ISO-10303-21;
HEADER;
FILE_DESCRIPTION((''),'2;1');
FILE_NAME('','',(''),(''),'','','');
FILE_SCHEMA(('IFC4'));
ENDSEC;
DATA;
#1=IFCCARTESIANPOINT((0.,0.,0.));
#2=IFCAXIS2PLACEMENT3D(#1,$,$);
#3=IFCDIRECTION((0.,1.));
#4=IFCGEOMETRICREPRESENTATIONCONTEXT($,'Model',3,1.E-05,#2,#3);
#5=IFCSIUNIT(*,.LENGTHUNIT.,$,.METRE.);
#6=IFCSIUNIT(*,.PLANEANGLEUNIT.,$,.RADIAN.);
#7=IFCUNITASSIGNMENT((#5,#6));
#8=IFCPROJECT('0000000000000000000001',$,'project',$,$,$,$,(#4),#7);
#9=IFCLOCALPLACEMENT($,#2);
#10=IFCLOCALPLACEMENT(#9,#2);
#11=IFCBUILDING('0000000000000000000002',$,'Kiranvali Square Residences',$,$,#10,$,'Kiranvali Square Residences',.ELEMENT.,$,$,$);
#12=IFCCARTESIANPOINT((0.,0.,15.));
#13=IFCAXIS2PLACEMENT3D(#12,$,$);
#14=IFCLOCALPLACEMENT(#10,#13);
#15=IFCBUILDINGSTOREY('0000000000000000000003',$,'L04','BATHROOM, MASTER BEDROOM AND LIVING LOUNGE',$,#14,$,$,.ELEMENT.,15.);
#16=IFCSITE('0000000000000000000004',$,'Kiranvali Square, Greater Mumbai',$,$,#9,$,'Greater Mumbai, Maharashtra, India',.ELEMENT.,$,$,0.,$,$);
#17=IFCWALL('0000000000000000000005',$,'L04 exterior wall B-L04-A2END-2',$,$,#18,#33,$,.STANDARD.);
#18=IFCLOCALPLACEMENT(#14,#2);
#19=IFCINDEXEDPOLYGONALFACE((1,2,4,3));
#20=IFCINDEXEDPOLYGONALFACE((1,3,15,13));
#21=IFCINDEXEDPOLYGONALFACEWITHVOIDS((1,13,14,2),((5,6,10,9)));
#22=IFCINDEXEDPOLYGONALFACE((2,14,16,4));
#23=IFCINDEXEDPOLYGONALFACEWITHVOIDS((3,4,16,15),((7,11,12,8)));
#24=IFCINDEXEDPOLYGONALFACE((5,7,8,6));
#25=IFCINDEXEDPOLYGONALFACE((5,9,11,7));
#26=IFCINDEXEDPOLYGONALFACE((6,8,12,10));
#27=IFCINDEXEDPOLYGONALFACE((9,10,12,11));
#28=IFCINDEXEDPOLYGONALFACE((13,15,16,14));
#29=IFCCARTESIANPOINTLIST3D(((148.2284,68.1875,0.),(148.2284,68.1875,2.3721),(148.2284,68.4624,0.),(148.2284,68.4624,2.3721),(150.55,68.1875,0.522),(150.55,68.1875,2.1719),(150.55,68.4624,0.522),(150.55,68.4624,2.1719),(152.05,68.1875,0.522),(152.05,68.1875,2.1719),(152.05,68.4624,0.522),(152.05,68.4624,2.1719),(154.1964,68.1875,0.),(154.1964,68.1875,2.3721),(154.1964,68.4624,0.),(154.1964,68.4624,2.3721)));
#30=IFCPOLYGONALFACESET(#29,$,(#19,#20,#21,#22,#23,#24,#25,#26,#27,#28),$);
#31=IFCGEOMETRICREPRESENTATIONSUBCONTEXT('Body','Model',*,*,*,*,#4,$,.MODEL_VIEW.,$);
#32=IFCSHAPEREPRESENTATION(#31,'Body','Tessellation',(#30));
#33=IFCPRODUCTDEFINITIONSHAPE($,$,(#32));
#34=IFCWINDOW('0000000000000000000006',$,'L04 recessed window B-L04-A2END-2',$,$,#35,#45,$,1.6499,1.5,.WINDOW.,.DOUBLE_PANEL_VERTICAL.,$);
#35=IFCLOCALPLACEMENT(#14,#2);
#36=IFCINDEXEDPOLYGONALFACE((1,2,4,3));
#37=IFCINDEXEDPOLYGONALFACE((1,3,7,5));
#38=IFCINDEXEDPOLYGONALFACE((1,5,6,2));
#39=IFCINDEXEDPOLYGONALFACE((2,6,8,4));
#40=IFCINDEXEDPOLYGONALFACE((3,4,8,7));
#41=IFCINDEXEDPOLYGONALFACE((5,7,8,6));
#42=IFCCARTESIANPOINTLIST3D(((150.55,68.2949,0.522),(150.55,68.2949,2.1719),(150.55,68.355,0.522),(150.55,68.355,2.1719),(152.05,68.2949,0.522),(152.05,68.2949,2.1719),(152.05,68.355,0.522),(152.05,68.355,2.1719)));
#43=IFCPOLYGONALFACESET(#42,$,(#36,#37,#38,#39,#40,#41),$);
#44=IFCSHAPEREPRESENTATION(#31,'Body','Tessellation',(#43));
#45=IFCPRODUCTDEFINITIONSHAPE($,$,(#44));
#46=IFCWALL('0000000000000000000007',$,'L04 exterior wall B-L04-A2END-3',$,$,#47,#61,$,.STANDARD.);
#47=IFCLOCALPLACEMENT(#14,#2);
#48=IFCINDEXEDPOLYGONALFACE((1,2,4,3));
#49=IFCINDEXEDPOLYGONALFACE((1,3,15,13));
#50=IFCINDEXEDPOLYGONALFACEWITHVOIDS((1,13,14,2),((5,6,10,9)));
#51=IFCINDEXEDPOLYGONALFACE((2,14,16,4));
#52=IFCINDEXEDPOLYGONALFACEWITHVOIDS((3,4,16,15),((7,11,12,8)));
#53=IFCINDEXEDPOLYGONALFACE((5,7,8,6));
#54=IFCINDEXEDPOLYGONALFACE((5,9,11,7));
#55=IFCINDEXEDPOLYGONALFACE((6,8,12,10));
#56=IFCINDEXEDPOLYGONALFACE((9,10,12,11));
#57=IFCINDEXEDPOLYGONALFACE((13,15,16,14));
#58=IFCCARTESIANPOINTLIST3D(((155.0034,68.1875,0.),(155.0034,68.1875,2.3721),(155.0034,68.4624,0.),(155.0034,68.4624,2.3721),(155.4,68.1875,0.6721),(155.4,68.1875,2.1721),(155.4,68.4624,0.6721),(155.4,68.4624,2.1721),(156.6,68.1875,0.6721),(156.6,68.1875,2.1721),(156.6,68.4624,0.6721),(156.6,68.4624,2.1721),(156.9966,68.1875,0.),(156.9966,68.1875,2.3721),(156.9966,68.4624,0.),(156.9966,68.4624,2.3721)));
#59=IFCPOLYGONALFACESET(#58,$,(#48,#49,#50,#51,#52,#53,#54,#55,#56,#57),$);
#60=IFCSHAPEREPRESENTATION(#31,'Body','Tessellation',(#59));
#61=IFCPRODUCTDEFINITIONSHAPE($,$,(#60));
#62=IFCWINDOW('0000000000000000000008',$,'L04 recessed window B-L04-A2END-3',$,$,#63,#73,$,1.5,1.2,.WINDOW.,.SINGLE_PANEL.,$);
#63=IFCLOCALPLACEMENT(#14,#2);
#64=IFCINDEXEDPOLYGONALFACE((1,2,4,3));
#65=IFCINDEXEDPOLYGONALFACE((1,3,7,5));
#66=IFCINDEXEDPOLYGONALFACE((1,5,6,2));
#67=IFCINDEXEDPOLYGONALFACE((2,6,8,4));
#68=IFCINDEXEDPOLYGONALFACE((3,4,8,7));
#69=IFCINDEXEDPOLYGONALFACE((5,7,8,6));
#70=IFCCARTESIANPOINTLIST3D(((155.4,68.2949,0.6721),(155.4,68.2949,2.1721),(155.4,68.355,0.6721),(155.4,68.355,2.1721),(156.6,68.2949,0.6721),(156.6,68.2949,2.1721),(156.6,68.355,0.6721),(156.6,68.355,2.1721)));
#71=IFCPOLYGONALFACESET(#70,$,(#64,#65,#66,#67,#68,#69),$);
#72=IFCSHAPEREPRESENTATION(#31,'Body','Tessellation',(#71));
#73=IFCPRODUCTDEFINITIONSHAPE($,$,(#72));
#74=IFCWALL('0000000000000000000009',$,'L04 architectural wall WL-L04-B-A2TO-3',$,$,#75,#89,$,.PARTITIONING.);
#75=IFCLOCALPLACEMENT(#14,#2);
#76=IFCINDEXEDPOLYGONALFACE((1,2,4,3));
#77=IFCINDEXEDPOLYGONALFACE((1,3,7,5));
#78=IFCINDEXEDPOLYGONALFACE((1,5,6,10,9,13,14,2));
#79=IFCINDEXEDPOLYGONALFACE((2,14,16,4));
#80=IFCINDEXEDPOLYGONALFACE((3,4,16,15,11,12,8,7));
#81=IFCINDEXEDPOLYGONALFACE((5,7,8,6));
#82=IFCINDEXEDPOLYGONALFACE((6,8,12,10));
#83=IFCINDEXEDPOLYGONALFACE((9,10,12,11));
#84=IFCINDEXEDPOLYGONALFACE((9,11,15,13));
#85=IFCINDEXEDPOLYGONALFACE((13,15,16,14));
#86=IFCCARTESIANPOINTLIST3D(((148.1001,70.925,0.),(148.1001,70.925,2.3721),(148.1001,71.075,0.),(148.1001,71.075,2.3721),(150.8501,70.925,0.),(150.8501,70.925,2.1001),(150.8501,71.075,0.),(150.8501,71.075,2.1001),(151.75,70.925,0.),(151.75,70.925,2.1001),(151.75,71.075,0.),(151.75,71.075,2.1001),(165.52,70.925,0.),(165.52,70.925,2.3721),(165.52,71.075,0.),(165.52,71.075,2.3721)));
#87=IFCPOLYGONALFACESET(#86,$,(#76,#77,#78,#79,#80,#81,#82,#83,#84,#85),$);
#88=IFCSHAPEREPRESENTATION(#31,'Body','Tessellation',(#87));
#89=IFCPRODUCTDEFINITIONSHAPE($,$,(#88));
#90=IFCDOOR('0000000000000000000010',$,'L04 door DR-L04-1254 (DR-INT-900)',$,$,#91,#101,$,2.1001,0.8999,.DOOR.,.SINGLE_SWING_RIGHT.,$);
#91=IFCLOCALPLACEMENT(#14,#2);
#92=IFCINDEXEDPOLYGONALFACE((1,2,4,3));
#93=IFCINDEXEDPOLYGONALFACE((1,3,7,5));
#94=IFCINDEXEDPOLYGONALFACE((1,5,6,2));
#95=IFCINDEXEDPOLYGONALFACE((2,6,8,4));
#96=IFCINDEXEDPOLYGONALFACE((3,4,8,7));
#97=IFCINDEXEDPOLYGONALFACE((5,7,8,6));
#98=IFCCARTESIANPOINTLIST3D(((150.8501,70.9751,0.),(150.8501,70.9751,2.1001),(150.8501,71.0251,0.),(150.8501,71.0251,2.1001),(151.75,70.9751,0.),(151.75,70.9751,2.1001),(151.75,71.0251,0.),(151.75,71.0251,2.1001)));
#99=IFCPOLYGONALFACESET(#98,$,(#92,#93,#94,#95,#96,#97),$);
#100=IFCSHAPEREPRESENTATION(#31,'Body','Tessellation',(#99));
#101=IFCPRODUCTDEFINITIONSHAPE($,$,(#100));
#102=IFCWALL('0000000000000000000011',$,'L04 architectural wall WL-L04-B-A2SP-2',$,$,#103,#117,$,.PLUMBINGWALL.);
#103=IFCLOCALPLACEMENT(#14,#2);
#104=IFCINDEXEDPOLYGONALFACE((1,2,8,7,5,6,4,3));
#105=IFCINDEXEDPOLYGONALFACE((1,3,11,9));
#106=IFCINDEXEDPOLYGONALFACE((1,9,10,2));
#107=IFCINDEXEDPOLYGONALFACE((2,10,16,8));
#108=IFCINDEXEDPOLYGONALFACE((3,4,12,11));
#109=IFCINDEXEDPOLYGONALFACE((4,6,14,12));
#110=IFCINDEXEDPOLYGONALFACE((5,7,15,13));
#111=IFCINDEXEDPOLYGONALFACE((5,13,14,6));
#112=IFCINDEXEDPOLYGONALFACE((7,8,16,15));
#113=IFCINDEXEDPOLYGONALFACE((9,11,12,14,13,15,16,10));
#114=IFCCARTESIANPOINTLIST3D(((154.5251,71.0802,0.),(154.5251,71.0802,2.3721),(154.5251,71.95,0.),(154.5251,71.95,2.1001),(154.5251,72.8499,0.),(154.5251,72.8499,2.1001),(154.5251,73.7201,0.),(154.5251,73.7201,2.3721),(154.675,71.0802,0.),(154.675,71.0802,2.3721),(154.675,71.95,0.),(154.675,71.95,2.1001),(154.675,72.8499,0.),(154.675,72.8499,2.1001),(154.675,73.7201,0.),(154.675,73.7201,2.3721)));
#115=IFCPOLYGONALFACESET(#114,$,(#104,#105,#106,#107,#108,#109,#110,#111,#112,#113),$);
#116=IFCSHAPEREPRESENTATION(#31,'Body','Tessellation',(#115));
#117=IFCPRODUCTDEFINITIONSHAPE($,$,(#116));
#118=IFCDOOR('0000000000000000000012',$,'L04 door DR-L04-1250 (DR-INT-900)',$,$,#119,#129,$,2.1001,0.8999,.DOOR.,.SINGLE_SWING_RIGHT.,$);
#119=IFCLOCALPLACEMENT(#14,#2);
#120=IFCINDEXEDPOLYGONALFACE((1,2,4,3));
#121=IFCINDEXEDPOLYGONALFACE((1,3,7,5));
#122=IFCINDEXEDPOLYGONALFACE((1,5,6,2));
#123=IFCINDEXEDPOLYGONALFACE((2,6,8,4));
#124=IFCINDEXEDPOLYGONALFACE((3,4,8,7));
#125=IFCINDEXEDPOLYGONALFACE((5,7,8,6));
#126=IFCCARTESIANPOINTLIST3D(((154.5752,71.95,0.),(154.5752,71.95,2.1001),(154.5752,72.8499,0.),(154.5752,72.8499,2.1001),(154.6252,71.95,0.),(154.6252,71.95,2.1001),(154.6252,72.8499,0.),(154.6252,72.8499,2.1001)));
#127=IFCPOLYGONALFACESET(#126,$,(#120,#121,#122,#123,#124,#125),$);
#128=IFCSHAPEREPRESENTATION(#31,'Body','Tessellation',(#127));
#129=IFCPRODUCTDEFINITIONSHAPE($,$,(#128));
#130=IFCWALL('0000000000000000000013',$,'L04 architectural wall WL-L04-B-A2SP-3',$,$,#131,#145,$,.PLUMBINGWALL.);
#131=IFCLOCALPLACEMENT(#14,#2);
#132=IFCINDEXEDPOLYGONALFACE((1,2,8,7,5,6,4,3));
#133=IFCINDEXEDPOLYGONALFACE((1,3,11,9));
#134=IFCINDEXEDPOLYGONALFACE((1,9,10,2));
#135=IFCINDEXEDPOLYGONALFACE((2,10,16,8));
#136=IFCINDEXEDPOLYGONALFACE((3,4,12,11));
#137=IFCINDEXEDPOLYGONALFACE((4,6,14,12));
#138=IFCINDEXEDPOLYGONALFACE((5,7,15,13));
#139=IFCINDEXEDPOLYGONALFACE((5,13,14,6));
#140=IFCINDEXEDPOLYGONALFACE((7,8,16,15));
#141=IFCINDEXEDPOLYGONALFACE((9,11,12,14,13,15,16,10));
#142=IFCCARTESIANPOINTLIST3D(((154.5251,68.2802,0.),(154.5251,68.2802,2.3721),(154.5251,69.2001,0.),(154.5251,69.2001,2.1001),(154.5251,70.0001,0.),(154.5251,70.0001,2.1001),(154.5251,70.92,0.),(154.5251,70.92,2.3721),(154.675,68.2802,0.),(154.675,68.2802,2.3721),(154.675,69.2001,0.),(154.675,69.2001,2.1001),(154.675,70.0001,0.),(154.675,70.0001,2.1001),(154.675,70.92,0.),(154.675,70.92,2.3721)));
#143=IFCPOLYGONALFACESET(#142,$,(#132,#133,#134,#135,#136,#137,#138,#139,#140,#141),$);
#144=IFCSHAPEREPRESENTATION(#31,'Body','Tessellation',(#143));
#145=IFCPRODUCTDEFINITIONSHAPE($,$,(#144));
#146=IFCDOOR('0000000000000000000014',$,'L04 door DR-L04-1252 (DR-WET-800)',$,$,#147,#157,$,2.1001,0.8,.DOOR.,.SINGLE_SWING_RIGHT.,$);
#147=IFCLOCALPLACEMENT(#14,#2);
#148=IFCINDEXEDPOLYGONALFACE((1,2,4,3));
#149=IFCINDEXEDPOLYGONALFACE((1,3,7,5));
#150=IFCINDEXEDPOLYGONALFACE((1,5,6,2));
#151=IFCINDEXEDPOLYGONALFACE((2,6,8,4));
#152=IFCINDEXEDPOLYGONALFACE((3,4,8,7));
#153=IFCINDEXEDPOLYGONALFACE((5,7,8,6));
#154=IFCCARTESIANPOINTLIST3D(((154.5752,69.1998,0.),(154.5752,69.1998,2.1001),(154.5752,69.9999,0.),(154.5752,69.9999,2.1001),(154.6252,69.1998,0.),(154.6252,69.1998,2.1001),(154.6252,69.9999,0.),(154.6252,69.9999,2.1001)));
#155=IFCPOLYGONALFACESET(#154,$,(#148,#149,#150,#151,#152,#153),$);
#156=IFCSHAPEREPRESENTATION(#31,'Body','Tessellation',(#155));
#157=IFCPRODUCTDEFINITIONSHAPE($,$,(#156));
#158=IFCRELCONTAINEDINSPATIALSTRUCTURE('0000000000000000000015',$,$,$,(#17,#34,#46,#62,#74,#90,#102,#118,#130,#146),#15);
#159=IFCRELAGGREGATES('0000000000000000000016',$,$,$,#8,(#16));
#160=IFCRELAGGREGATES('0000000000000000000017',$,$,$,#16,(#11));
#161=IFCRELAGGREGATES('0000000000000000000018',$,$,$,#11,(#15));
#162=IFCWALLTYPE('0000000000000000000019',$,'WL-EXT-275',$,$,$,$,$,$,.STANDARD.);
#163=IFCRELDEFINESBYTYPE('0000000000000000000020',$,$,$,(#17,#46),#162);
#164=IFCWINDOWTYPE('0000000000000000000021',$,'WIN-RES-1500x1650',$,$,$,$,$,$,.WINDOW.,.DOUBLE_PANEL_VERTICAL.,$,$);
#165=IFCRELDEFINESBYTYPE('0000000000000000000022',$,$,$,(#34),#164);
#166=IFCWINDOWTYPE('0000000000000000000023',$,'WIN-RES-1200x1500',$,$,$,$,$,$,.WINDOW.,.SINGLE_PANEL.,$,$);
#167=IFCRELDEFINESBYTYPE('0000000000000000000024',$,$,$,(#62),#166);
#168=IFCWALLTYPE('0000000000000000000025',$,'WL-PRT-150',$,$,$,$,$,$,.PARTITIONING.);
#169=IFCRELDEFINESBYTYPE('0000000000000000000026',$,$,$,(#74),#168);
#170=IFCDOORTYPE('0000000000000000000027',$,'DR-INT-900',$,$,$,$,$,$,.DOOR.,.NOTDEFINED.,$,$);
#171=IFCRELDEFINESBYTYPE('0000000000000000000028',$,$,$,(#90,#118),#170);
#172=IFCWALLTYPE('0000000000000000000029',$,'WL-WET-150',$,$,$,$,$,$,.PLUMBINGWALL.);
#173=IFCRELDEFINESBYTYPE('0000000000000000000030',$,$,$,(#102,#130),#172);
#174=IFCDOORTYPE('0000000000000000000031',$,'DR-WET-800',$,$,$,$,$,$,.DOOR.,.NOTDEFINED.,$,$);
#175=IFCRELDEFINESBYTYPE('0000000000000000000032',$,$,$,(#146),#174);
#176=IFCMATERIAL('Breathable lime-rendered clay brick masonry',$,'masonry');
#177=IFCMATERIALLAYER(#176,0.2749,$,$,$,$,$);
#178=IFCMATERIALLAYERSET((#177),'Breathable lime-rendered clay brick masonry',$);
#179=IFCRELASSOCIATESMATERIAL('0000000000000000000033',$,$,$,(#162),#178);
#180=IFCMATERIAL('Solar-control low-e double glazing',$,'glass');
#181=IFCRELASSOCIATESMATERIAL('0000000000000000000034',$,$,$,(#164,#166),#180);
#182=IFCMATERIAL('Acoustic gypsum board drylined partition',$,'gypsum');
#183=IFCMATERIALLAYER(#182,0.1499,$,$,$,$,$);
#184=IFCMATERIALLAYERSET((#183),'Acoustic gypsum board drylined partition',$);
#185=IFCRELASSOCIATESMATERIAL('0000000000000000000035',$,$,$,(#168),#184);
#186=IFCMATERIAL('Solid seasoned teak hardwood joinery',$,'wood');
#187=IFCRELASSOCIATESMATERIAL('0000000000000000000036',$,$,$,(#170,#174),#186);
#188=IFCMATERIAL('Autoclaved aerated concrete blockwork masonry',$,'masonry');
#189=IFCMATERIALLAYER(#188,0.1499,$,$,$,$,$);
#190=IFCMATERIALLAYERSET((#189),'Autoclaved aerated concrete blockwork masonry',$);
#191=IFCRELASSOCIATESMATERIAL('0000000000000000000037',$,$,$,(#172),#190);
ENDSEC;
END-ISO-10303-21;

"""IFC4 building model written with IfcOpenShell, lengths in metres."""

from ifc_helpers import new_model, si_unit, direction, frame, frame_2d, origin, place, context, subcontext, project, spatial, rectangle, extrude, material, layer, layer_set, type_object, element, fill, save


model = new_model("IFC4")

# Units and contexts
model_context = context("Model", 3, precision=1e-05, world=origin(), true_north=direction((0.0, 1.0)))
body_context = subcontext(model_context, "Body", "Model", "MODEL_VIEW")
ifc_project = project(units=[si_unit("LENGTHUNIT", "METRE"), si_unit("PLANEANGLEUNIT", "RADIAN")], contexts=[model_context])

# Site, building, storey
site_placement = place(None, origin())
site = spatial("IfcSite", under=ifc_project, at=site_placement, Name="Kiranvali Square, Greater Mumbai", LongName="Greater Mumbai, Maharashtra, India", CompositionType="ELEMENT", RefElevation=0.0)
building_placement = place(site_placement, origin())
building = spatial("IfcBuilding", under=site, at=building_placement, Name="Kiranvali Square Residences", LongName="Kiranvali Square Residences", CompositionType="ELEMENT")
storey_placement = place(building_placement, frame((0.0, 0.0, 15.0)))
storey = spatial("IfcBuildingStorey", under=building, at=storey_placement, Name="L04", Description="BATHROOM, MASTER BEDROOM AND LIVING LOUNGE", CompositionType="ELEMENT", Elevation=15.0)

# Shared definitions
ifc_material_1 = material(Name="Autoclaved aerated concrete blockwork masonry", Category="masonry")

# Walls, openings, windows
ifc_material_2 = material(Name="Breathable lime-rendered clay brick masonry", Category="masonry")
ifc_layer_1 = layer(ifc_material_2, 0.2749)
ifc_layer_set_1 = layer_set([ifc_layer_1], Name="Breathable lime-rendered clay brick masonry")
wall_type_1 = type_object("IfcWallType", Name="WL-EXT-275", PredefinedType="STANDARD", material=ifc_layer_set_1)
wall_1_placement = place(storey_placement, frame((148.2285, 68.325, 0.0), z_axis=(0.0, 0.0, 1.0), x_axis=(1.0, 0.0, 0.0)))
wall_1 = element("IfcWall", 1, at=wall_1_placement, inside=storey, type_object=wall_type_1, Name="L04 exterior wall B-L04-A2END-2", PredefinedType="STANDARD", context=body_context, shape_type="SweptSolid", body=[
    extrude(rectangle(XDim=5.968, YDim=0.2749, at=frame_2d((2.9839, 0.0))), origin(), (0.0, 0.0, 1.0), 2.3721),
])
opening_1_placement = place(wall_1_placement, frame((2.3215, 0.0, 0.522)))
opening_1 = element("IfcOpeningElement", 2, at=opening_1_placement, cuts=wall_1, PredefinedType="OPENING", context=body_context, shape_type="SweptSolid", body=[
    extrude(rectangle(XDim=1.5, YDim=1.6499, at=frame_2d((0.75, 0.825))), frame((0.0, 0.1475, 0.0), z_axis=(0.0, -1.0, 0.0), x_axis=(1.0, 0.0, 0.0)), (0.0, 0.0, 1.0), 0.2949),
])
ifc_material_3 = material(Name="Solar-control low-e double glazing", Category="glass")
window_type_1 = type_object("IfcWindowType", Name="WIN-RES-1500x1650", PartitioningType="DOUBLE_PANEL_VERTICAL", PredefinedType="WINDOW", material=ifc_material_3)
window_1_placement = place(opening_1_placement, origin())
window_1 = element("IfcWindow", 3, at=window_1_placement, inside=storey, type_object=window_type_1, Name="L04 recessed window B-L04-A2END-2", OverallHeight=1.6499, OverallWidth=1.5, PartitioningType="DOUBLE_PANEL_VERTICAL", PredefinedType="WINDOW", context=body_context, shape_type="SweptSolid", body=[
    extrude(rectangle(XDim=1.5, YDim=1.6499, at=frame_2d((0.75, 0.825))), frame((0.0, 0.03, 0.0), z_axis=(0.0, -1.0, 0.0), x_axis=(1.0, 0.0, 0.0)), (0.0, 0.0, 1.0), 0.0601),
])
fill(opening_1, window_1)
wall_2_placement = place(storey_placement, frame((155.0034, 68.325, 0.0), z_axis=(0.0, 0.0, 1.0), x_axis=(1.0, 0.0, 0.0)))
wall_2 = element("IfcWall", 4, at=wall_2_placement, inside=storey, type_object=wall_type_1, Name="L04 exterior wall B-L04-A2END-3", PredefinedType="STANDARD", context=body_context, shape_type="SweptSolid", body=[
    extrude(rectangle(XDim=1.9932, YDim=0.2749, at=frame_2d((0.9966, 0.0))), origin(), (0.0, 0.0, 1.0), 2.3721),
])
opening_2_placement = place(wall_2_placement, frame((0.3965, 0.0, 0.6721)))
opening_2 = element("IfcOpeningElement", 5, at=opening_2_placement, cuts=wall_2, PredefinedType="OPENING", context=body_context, shape_type="SweptSolid", body=[
    extrude(rectangle(XDim=1.2, YDim=1.5, at=frame_2d((0.6001, 0.75))), frame((0.0, 0.1475, 0.0), z_axis=(0.0, -1.0, 0.0), x_axis=(1.0, 0.0, 0.0)), (0.0, 0.0, 1.0), 0.2949),
])
window_type_2 = type_object("IfcWindowType", Name="WIN-RES-1200x1500", PartitioningType="SINGLE_PANEL", PredefinedType="WINDOW", material=ifc_material_3)
window_2_placement = place(opening_2_placement, origin())
window_2 = element("IfcWindow", 6, at=window_2_placement, inside=storey, type_object=window_type_2, Name="L04 recessed window B-L04-A2END-3", OverallHeight=1.5, OverallWidth=1.2, PartitioningType="SINGLE_PANEL", PredefinedType="WINDOW", context=body_context, shape_type="SweptSolid", body=[
    extrude(rectangle(XDim=1.2, YDim=1.5, at=frame_2d((0.6001, 0.75))), frame((0.0, 0.03, 0.0), z_axis=(0.0, -1.0, 0.0), x_axis=(1.0, 0.0, 0.0)), (0.0, 0.0, 1.0), 0.0601),
])
fill(opening_2, window_2)

# Walls, openings, doors
ifc_material_4 = material(Name="Acoustic gypsum board drylined partition", Category="gypsum")
ifc_layer_2 = layer(ifc_material_4, 0.1499)
ifc_layer_set_2 = layer_set([ifc_layer_2], Name="Acoustic gypsum board drylined partition")
wall_type_2 = type_object("IfcWallType", Name="WL-PRT-150", PredefinedType="PARTITIONING", material=ifc_layer_set_2)
wall_3_placement = place(storey_placement, frame((148.1001, 71.0, 0.0), z_axis=(0.0, 0.0, 1.0), x_axis=(1.0, 0.0, 0.0)))
wall_3 = element("IfcWall", 7, at=wall_3_placement, inside=storey, type_object=wall_type_2, Name="L04 architectural wall WL-L04-B-A2TO-3", PredefinedType="PARTITIONING", context=body_context, shape_type="SweptSolid", body=[
    extrude(rectangle(XDim=17.4199, YDim=0.1499, at=frame_2d((8.71, 0.0))), origin(), (0.0, 0.0, 1.0), 2.3721),
])
opening_3_placement = place(wall_3_placement, frame((2.75, 0.0, 0.0)))
opening_3 = element("IfcOpeningElement", 8, at=opening_3_placement, cuts=wall_3, PredefinedType="OPENING", context=body_context, shape_type="SweptSolid", body=[
    extrude(rectangle(XDim=0.8999, YDim=2.1001, at=frame_2d((0.45, 1.05))), frame((0.0, 0.085, 0.0), z_axis=(0.0, -1.0, 0.0), x_axis=(1.0, 0.0, 0.0)), (0.0, 0.0, 1.0), 0.1699),
])
ifc_material_5 = material(Name="Solid seasoned teak hardwood joinery", Category="wood")
door_type_1 = type_object("IfcDoorType", Name="DR-INT-900", OperationType="NOTDEFINED", PredefinedType="DOOR", material=ifc_material_5)
door_1_placement = place(opening_3_placement, frame((0.8999, 0.0, 0.0), z_axis=(0.0, 0.0, 1.0), x_axis=(-1.0, 0.0, 0.0)))
door_1 = element("IfcDoor", 9, at=door_1_placement, inside=storey, type_object=door_type_1, Name="L04 door DR-L04-1254 (DR-INT-900)", OperationType="SINGLE_SWING_RIGHT", OverallHeight=2.1001, OverallWidth=0.8999, PredefinedType="DOOR", context=body_context, shape_type="SweptSolid", body=[
    extrude(rectangle(XDim=0.8999, YDim=2.1001, at=frame_2d((0.45, 1.05))), frame((0.0, 0.0249, 0.0), z_axis=(0.0, -1.0, 0.0), x_axis=(1.0, 0.0, 0.0)), (0.0, 0.0, 1.0), 0.05),
])
fill(opening_3, door_1)
ifc_layer_3 = layer(ifc_material_1, 0.1499)
ifc_layer_set_3 = layer_set([ifc_layer_3], Name="Autoclaved aerated concrete blockwork masonry")
wall_type_3 = type_object("IfcWallType", Name="WL-WET-150", PredefinedType="PLUMBINGWALL", material=ifc_layer_set_3)
wall_4_placement = place(storey_placement, frame((154.6001, 73.72, 0.0), z_axis=(0.0, 0.0, 1.0), x_axis=(0.0, -1.0, 0.0)))
wall_4 = element("IfcWall", 10, at=wall_4_placement, inside=storey, type_object=wall_type_3, Name="L04 architectural wall WL-L04-B-A2SP-2", PredefinedType="PLUMBINGWALL", context=body_context, shape_type="SweptSolid", body=[
    extrude(rectangle(XDim=2.6399, YDim=0.1499, at=frame_2d((1.3198, 0.0))), origin(), (0.0, 0.0, 1.0), 2.3721),
])
opening_4_placement = place(wall_4_placement, frame((0.8701, 0.0, 0.0)))
opening_4 = element("IfcOpeningElement", 11, at=opening_4_placement, cuts=wall_4, PredefinedType="OPENING", context=body_context, shape_type="SweptSolid", body=[
    extrude(rectangle(XDim=0.8999, YDim=2.1001, at=frame_2d((0.45, 1.05))), frame((0.0, 0.085, 0.0), z_axis=(0.0, -1.0, 0.0), x_axis=(1.0, 0.0, 0.0)), (0.0, 0.0, 1.0), 0.1699),
])
door_2_placement = place(opening_4_placement, frame((0.8999, 0.0, 0.0), z_axis=(0.0, 0.0, 1.0), x_axis=(-1.0, 0.0, 0.0)))
door_2 = element("IfcDoor", 12, at=door_2_placement, inside=storey, type_object=door_type_1, Name="L04 door DR-L04-1250 (DR-INT-900)", OperationType="SINGLE_SWING_RIGHT", OverallHeight=2.1001, OverallWidth=0.8999, PredefinedType="DOOR", context=body_context, shape_type="SweptSolid", body=[
    extrude(rectangle(XDim=0.8999, YDim=2.1001, at=frame_2d((0.45, 1.05))), frame((0.0, 0.0249, 0.0), z_axis=(0.0, -1.0, 0.0), x_axis=(1.0, 0.0, 0.0)), (0.0, 0.0, 1.0), 0.05),
])
fill(opening_4, door_2)
wall_5_placement = place(storey_placement, frame((154.6001, 70.9199, 0.0), z_axis=(0.0, 0.0, 1.0), x_axis=(0.0, -1.0, 0.0)))
wall_5 = element("IfcWall", 13, at=wall_5_placement, inside=storey, type_object=wall_type_3, Name="L04 architectural wall WL-L04-B-A2SP-3", PredefinedType="PLUMBINGWALL", context=body_context, shape_type="SweptSolid", body=[
    extrude(rectangle(XDim=2.6399, YDim=0.1499, at=frame_2d((1.3198, 0.0))), origin(), (0.0, 0.0, 1.0), 2.3721),
])
opening_5_placement = place(wall_5_placement, frame((0.9199, 0.0, 0.0)))
opening_5 = element("IfcOpeningElement", 14, at=opening_5_placement, cuts=wall_5, PredefinedType="OPENING", context=body_context, shape_type="SweptSolid", body=[
    extrude(rectangle(XDim=0.8, YDim=2.1001, at=frame_2d((0.3999, 1.05))), frame((0.0, 0.085, 0.0), z_axis=(0.0, -1.0, 0.0), x_axis=(1.0, 0.0, 0.0)), (0.0, 0.0, 1.0), 0.1699),
])
door_type_2 = type_object("IfcDoorType", Name="DR-WET-800", OperationType="NOTDEFINED", PredefinedType="DOOR", material=ifc_material_5)
door_3_placement = place(opening_5_placement, frame((0.8, 0.0, 0.0), z_axis=(0.0, 0.0, 1.0), x_axis=(-1.0, 0.0, 0.0)))
door_3 = element("IfcDoor", 15, at=door_3_placement, inside=storey, type_object=door_type_2, Name="L04 door DR-L04-1252 (DR-WET-800)", OperationType="SINGLE_SWING_RIGHT", OverallHeight=2.1001, OverallWidth=0.8, PredefinedType="DOOR", context=body_context, shape_type="SweptSolid", body=[
    extrude(rectangle(XDim=0.8, YDim=2.1001, at=frame_2d((0.3999, 1.05))), frame((0.0, 0.0249, 0.0), z_axis=(0.0, -1.0, 0.0), x_axis=(1.0, 0.0, 0.0)), (0.0, 0.0, 1.0), 0.05),
])
fill(opening_5, door_3)

save(model, "model.ifc")
